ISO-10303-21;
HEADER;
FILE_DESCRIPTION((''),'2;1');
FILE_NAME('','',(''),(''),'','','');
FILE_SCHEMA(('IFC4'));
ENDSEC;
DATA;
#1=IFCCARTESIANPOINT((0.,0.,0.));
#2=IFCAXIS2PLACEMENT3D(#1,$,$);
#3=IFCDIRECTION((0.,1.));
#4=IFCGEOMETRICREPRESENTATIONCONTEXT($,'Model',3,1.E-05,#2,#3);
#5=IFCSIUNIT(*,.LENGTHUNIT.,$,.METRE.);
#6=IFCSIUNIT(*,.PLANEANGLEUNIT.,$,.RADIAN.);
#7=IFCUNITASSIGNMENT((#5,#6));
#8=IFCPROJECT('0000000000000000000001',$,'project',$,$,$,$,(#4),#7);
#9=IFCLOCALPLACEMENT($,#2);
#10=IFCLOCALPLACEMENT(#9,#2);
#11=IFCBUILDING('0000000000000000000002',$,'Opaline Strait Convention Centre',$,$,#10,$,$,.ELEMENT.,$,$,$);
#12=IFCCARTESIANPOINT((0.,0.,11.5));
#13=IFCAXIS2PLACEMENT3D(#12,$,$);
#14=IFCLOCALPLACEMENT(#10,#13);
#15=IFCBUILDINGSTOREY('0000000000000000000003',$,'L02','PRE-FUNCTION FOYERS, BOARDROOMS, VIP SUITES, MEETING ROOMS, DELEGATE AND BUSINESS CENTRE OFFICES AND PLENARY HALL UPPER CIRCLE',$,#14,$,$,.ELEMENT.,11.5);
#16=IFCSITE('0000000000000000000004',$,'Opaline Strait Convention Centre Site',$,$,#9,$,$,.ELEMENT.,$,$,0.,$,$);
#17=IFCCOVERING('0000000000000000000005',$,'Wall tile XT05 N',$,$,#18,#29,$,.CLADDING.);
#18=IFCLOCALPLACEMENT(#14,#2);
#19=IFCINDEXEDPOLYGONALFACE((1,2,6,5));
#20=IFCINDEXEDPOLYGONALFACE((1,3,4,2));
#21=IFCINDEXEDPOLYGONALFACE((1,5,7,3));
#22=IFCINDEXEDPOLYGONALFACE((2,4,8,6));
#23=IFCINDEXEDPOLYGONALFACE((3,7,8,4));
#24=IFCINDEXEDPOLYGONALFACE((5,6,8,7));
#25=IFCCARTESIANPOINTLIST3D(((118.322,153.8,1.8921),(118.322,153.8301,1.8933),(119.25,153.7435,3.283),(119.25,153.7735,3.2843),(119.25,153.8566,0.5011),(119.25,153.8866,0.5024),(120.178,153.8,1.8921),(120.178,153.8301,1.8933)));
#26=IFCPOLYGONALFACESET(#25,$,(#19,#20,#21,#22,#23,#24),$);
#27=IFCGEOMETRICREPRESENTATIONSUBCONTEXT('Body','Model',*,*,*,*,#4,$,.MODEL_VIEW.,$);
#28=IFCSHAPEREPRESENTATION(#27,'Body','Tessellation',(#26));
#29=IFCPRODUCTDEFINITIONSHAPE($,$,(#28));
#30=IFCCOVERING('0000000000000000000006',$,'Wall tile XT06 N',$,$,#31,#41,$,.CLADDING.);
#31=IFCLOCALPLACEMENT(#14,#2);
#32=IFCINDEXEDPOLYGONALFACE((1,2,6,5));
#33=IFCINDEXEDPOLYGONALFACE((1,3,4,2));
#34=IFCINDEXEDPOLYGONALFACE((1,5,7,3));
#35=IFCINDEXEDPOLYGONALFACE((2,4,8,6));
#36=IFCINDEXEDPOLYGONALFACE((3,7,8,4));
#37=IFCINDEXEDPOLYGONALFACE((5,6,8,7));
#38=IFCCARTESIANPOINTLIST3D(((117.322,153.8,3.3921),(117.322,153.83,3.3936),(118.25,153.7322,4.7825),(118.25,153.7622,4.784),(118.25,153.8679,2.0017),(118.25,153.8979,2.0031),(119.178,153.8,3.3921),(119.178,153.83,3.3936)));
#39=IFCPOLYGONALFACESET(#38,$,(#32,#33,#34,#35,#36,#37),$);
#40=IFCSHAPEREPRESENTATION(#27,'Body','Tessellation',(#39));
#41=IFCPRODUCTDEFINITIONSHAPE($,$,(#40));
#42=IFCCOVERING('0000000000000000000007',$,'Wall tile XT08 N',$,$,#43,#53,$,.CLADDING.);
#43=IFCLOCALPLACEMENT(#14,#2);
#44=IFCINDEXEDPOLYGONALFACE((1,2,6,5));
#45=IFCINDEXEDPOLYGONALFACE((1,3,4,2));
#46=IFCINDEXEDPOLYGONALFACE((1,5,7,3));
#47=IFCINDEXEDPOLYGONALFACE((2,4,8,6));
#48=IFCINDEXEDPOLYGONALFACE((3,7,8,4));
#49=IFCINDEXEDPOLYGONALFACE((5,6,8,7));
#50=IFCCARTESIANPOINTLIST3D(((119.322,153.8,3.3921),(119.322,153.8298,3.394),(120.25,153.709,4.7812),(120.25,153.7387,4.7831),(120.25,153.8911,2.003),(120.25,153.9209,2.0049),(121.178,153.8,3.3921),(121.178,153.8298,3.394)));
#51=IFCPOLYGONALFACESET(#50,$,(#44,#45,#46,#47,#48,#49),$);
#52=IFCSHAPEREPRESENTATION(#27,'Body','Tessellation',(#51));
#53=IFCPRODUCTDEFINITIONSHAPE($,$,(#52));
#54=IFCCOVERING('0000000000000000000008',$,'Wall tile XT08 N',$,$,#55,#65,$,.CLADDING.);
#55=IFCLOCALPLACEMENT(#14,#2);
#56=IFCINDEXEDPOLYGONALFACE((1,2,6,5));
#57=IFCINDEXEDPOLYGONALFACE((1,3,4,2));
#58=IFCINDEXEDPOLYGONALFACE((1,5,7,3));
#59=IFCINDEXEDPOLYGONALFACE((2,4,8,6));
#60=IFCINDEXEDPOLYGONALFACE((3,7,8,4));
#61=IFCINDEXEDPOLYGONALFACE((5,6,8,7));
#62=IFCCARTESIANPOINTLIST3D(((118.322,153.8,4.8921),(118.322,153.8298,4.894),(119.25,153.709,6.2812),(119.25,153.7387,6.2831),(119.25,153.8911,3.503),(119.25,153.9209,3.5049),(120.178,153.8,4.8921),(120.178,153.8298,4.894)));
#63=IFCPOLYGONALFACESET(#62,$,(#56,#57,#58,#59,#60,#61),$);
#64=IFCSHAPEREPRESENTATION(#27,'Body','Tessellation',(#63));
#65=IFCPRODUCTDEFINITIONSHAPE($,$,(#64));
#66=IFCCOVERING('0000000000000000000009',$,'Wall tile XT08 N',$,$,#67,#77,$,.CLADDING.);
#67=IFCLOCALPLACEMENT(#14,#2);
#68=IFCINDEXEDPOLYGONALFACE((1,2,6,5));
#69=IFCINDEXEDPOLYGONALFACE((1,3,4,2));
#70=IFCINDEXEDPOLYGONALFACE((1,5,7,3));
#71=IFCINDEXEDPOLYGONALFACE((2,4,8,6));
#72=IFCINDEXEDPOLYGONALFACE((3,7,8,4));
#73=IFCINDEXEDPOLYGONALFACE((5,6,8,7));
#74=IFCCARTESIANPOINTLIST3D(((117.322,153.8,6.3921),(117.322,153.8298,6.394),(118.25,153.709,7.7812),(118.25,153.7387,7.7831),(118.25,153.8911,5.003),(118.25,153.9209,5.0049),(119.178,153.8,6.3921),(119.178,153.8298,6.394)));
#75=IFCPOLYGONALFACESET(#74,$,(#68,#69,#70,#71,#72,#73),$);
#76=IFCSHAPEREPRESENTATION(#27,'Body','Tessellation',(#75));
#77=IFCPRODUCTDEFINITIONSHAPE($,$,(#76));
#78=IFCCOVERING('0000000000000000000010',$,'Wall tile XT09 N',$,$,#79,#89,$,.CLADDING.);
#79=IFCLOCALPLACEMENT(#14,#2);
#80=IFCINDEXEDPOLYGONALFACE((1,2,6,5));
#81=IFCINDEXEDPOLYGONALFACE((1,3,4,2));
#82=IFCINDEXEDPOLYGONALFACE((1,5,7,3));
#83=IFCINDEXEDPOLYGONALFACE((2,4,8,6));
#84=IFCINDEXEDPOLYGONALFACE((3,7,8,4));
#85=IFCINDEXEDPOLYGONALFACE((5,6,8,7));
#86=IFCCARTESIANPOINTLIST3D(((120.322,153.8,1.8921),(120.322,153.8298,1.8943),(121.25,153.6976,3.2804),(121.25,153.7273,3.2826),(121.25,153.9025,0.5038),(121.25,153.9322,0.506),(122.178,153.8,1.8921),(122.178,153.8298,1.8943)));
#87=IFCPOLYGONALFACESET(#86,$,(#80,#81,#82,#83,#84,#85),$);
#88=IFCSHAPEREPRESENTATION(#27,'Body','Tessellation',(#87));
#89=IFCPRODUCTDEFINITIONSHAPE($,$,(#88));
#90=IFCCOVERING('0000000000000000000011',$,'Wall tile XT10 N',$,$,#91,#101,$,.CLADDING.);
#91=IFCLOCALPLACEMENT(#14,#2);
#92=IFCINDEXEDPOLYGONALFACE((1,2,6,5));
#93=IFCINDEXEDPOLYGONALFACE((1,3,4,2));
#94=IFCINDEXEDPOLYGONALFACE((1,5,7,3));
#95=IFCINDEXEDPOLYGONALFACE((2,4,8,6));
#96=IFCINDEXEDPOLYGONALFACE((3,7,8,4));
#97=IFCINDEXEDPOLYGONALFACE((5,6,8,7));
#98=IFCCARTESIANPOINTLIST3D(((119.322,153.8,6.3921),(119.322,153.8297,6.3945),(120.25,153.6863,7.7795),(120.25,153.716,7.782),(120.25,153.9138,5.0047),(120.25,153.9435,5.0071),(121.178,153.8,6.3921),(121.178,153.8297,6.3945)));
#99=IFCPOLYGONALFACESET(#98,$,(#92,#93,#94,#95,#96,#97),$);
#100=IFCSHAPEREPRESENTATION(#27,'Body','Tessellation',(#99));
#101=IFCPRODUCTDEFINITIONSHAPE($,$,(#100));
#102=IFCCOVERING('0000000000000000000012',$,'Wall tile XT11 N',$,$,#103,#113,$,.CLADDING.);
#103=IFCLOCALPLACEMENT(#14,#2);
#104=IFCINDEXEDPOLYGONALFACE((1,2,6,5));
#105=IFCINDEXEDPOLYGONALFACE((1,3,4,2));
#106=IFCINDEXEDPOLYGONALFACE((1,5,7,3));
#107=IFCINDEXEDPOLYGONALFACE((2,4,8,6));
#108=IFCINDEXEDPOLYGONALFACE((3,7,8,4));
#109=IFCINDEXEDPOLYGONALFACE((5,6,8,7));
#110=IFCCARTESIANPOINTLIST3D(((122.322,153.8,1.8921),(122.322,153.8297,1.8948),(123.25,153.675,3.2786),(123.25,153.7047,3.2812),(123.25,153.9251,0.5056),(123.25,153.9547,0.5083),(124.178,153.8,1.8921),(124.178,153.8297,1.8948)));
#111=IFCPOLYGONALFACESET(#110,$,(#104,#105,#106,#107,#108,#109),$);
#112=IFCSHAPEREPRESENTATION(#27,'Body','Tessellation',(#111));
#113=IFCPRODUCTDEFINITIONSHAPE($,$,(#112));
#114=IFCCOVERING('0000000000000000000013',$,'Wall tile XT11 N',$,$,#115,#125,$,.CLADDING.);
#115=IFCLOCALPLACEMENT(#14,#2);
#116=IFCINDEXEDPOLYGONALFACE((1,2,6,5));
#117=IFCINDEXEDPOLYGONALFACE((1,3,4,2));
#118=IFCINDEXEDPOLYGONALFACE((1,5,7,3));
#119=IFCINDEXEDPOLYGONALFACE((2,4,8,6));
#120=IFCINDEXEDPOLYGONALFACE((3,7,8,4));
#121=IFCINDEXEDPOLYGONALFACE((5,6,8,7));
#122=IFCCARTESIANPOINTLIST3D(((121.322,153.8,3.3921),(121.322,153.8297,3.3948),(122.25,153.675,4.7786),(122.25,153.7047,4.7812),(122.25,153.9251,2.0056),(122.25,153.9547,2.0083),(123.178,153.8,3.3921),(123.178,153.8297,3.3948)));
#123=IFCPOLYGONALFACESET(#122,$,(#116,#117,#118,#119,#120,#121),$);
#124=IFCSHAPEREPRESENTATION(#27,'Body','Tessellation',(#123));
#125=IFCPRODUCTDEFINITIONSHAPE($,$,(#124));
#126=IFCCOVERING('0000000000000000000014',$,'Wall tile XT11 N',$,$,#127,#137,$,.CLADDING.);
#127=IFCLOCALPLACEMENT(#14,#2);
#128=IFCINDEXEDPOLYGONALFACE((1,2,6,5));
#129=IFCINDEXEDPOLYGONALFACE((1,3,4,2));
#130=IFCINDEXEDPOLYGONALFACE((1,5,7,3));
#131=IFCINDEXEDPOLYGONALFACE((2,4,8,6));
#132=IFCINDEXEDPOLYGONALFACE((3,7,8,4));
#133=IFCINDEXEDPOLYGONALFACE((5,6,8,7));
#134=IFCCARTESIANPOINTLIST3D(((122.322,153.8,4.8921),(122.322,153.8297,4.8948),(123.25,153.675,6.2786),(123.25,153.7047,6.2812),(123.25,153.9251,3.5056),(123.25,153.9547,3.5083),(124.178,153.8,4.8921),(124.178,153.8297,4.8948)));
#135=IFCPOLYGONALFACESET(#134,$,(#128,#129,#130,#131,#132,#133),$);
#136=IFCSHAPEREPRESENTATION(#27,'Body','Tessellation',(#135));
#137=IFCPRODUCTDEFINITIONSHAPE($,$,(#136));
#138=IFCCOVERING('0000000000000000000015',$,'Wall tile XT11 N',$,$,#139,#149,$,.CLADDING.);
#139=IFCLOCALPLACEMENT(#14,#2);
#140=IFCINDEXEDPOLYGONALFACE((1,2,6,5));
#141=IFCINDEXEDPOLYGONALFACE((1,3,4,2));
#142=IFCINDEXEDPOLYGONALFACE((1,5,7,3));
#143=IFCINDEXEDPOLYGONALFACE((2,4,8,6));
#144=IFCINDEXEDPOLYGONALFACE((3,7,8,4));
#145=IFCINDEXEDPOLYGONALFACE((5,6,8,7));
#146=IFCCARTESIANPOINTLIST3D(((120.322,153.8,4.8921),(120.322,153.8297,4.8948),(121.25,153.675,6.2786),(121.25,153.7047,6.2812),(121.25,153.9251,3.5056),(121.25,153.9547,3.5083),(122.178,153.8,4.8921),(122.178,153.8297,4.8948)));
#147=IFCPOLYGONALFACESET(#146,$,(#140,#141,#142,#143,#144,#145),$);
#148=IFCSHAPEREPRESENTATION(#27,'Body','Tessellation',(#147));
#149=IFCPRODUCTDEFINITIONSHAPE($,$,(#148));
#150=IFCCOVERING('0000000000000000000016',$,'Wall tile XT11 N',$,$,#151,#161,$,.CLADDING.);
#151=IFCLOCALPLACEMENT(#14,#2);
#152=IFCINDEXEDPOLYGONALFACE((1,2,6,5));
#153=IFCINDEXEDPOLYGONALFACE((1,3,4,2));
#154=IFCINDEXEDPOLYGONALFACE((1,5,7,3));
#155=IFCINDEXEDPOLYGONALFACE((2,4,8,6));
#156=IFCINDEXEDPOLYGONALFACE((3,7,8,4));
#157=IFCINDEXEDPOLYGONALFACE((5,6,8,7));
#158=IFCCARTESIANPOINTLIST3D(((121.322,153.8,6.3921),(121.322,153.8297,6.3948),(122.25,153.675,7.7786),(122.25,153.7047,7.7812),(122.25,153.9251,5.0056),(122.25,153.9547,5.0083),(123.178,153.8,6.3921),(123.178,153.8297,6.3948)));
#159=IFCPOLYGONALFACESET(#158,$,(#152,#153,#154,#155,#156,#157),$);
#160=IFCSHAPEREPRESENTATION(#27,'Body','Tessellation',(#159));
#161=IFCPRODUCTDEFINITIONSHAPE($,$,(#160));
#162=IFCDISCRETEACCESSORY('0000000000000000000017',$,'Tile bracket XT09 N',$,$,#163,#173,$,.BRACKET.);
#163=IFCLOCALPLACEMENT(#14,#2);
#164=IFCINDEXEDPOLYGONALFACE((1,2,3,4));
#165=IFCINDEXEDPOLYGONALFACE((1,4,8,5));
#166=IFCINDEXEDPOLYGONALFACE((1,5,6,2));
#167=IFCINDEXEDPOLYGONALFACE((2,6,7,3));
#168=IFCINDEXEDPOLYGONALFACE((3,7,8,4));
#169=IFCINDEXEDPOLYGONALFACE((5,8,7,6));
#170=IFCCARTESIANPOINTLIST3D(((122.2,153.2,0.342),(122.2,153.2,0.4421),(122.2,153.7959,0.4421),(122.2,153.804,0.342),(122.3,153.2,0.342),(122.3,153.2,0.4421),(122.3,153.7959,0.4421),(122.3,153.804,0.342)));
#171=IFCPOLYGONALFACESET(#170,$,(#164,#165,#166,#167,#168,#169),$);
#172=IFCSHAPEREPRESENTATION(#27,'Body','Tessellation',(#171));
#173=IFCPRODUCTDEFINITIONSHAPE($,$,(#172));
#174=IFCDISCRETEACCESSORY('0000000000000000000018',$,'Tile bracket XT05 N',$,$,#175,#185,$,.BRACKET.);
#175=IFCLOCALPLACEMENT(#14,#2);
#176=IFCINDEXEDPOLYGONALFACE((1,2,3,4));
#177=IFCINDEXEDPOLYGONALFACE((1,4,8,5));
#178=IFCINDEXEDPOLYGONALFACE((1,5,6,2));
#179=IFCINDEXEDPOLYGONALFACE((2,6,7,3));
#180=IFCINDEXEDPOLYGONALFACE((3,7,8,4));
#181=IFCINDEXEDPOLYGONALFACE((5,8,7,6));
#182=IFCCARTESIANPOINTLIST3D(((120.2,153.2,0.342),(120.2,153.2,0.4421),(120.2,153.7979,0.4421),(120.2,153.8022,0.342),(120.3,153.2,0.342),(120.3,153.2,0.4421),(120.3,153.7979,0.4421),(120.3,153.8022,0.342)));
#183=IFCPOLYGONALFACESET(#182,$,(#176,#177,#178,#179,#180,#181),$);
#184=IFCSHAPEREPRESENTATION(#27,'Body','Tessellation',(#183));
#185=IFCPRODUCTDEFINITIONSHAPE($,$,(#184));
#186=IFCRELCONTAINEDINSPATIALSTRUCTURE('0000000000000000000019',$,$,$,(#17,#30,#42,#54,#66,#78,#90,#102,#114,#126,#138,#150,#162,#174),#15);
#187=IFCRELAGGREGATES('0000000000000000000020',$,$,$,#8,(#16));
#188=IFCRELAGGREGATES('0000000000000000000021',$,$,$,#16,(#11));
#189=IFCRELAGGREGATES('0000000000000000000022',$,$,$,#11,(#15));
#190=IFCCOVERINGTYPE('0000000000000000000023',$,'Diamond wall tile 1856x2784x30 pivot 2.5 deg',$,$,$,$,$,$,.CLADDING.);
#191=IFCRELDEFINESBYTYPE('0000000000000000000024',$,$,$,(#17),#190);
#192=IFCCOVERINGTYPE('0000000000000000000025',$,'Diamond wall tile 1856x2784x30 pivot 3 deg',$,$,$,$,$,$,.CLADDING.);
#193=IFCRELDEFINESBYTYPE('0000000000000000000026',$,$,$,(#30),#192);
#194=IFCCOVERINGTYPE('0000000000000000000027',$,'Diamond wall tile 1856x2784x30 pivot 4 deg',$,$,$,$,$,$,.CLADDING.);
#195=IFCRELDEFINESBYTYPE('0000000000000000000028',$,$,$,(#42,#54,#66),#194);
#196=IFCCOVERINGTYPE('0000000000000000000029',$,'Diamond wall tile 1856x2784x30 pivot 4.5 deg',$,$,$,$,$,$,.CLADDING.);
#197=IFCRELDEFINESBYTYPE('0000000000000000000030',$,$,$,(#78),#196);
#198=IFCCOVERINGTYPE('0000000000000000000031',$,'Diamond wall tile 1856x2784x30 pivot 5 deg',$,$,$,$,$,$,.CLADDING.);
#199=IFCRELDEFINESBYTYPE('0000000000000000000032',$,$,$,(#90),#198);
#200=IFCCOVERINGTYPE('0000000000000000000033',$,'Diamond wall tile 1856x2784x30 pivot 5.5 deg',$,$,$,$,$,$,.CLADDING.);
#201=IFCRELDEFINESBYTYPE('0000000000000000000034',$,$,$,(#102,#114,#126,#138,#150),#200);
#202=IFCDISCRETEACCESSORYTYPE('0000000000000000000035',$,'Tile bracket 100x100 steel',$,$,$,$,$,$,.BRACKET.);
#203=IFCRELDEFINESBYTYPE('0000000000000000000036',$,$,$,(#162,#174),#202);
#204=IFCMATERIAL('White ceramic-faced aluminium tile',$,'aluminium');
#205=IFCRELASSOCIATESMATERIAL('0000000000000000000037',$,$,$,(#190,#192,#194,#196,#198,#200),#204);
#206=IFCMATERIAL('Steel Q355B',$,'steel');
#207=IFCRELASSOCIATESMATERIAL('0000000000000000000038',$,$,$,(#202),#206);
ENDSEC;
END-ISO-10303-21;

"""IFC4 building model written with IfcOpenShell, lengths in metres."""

from ifc_helpers import new_model, si_unit, direction, frame, origin, place, context, subcontext, project, spatial, polyline, outline, extrude, material, material_profile, profile_set, type_object, element, save


model = new_model("IFC4")

# Units and contexts
model_context = context("Model", 3, precision=1e-05, world=origin(), true_north=direction((0.0, 1.0)))
body_context = subcontext(model_context, "Body", "Model", "MODEL_VIEW")
ifc_project = project(units=[si_unit("LENGTHUNIT", "METRE"), si_unit("PLANEANGLEUNIT", "RADIAN")], contexts=[model_context])

# Site, building, storey
site_placement = place(None, origin())
site = spatial("IfcSite", under=ifc_project, at=site_placement, Name="Opaline Strait Convention Centre Site", CompositionType="ELEMENT", RefElevation=0.0)
building_placement = place(site_placement, origin())
building = spatial("IfcBuilding", under=site, at=building_placement, Name="Opaline Strait Convention Centre", CompositionType="ELEMENT")
storey_placement = place(building_placement, frame((0.0, 0.0, 11.5)))
storey = spatial("IfcBuildingStorey", under=building, at=storey_placement, Name="L02", Description="PRE-FUNCTION FOYERS, BOARDROOMS, VIP SUITES, MEETING ROOMS, DELEGATE AND BUSINESS CENTRE OFFICES AND PLENARY HALL UPPER CIRCLE", CompositionType="ELEMENT", Elevation=11.5)

# Coverings
ifc_material_1 = material(Name="White ceramic-faced aluminium tile", Category="aluminium")
ifc_material_profile_1 = material_profile(ifc_material_1, outline(polyline([(0.928, 0.0), (0.0, 1.3921), (-0.928, 0.0), (0.0, -1.3921), (0.928, 0.0)])), Name="Diamond tile 1856x2784")
ifc_profile_set_1 = profile_set([ifc_material_profile_1], Name="White ceramic-faced aluminium tile")
covering_type_1 = type_object("IfcCoveringType", Name="Diamond wall tile 1856x2784x30 pivot 2.5 deg", PredefinedType="CLADDING", material=ifc_profile_set_1)
covering_1_placement = place(storey_placement, frame((119.25, 153.8, 1.8921), z_axis=(0.0, 0.999175, 0.040617), x_axis=(-1.0, 0.0, 0.0)))
element("IfcCovering", 1, at=covering_1_placement, inside=storey, type_object=covering_type_1, Name="Wall tile XT05 N", PredefinedType="CLADDING", context=body_context, shape_type="SweptSolid", body=[
    extrude(outline(polyline([(0.928, 0.0), (0.0, 1.3921), (-0.928, 0.0), (0.0, -1.3921), (0.928, 0.0)])), origin(), (0.0, 0.0, 1.0), 0.03),
])
ifc_material_profile_2 = material_profile(ifc_material_1, outline(polyline([(0.928, 0.0), (0.0, 1.3921), (-0.928, 0.0), (0.0, -1.3921), (0.928, 0.0)])), Name="Diamond tile 1856x2784")
ifc_profile_set_2 = profile_set([ifc_material_profile_2], Name="White ceramic-faced aluminium tile")
covering_type_2 = type_object("IfcCoveringType", Name="Diamond wall tile 1856x2784x30 pivot 3 deg", PredefinedType="CLADDING", material=ifc_profile_set_2)
covering_2_placement = place(storey_placement, frame((118.25, 153.8, 3.3921), z_axis=(0.0, 0.998812, 0.048723), x_axis=(-1.0, 0.0, 0.0)))
element("IfcCovering", 2, at=covering_2_placement, inside=storey, type_object=covering_type_2, Name="Wall tile XT06 N", PredefinedType="CLADDING", context=body_context, shape_type="SweptSolid", body=[
    extrude(outline(polyline([(0.928, 0.0), (0.0, 1.3921), (-0.928, 0.0), (0.0, -1.3921), (0.928, 0.0)])), origin(), (0.0, 0.0, 1.0), 0.03),
])
ifc_material_profile_3 = material_profile(ifc_material_1, outline(polyline([(0.928, 0.0), (0.0, 1.3921), (-0.928, 0.0), (0.0, -1.3921), (0.928, 0.0)])), Name="Diamond tile 1856x2784")
ifc_profile_set_3 = profile_set([ifc_material_profile_3], Name="White ceramic-faced aluminium tile")
covering_type_3 = type_object("IfcCoveringType", Name="Diamond wall tile 1856x2784x30 pivot 4 deg", PredefinedType="CLADDING", material=ifc_profile_set_3)
for number, where, z_axis, x_axis, name in (
    (3, (120.25, 153.8, 3.3921), (0.0, 0.997857, 0.065433), (-1.0, 0.0, 0.0), "Wall tile XT08 N"),
    (4, (119.25, 153.8, 4.8921), (0.0, 0.997857, 0.065433), (-1.0, 0.0, 0.0), "Wall tile XT08 N"),
    (5, (118.25, 153.8, 6.3921), (0.0, 0.997857, 0.065433), (-1.0, 0.0, 0.0), "Wall tile XT08 N"),
):
    element("IfcCovering", number, at=place(storey_placement, frame(where, z_axis=z_axis, x_axis=x_axis)), inside=storey, type_object=covering_type_3, Name=name, PredefinedType="CLADDING", context=body_context, shape_type="SweptSolid", body=[
        extrude(outline(polyline([(0.928, 0.0), (0.0, 1.3921), (-0.928, 0.0), (0.0, -1.3921), (0.928, 0.0)])), origin(), (0.0, 0.0, 1.0), 0.0298),
    ])
ifc_material_profile_4 = material_profile(ifc_material_1, outline(polyline([(0.928, 0.0), (0.0, 1.3921), (-0.928, 0.0), (0.0, -1.3921), (0.928, 0.0)])), Name="Diamond tile 1856x2784")
ifc_profile_set_4 = profile_set([ifc_material_profile_4], Name="White ceramic-faced aluminium tile")
covering_type_4 = type_object("IfcCoveringType", Name="Diamond wall tile 1856x2784x30 pivot 4.5 deg", PredefinedType="CLADDING", material=ifc_profile_set_4)
covering_3_placement = place(storey_placement, frame((121.25, 153.8, 1.8921), z_axis=(0.0, 0.99729, 0.073571), x_axis=(-1.0, 0.0, 0.0)))
element("IfcCovering", 6, at=covering_3_placement, inside=storey, type_object=covering_type_4, Name="Wall tile XT09 N", PredefinedType="CLADDING", context=body_context, shape_type="SweptSolid", body=[
    extrude(outline(polyline([(0.928, 0.0), (0.0, 1.3921), (-0.928, 0.0), (0.0, -1.3921), (0.928, 0.0)])), origin(), (0.0, 0.0, 1.0), 0.0298),
])
ifc_material_profile_5 = material_profile(ifc_material_1, outline(polyline([(0.928, 0.0), (0.0, 1.3921), (-0.928, 0.0), (0.0, -1.3921), (0.928, 0.0)])), Name="Diamond tile 1856x2784")
ifc_profile_set_5 = profile_set([ifc_material_profile_5], Name="White ceramic-faced aluminium tile")
covering_type_5 = type_object("IfcCoveringType", Name="Diamond wall tile 1856x2784x30 pivot 5 deg", PredefinedType="CLADDING", material=ifc_profile_set_5)
covering_4_placement = place(storey_placement, frame((120.25, 153.8, 6.3921), z_axis=(0.0, 0.996658, 0.081693), x_axis=(-1.0, 0.0, 0.0)))
element("IfcCovering", 7, at=covering_4_placement, inside=storey, type_object=covering_type_5, Name="Wall tile XT10 N", PredefinedType="CLADDING", context=body_context, shape_type="SweptSolid", body=[
    extrude(outline(polyline([(0.928, 0.0), (0.0, 1.3921), (-0.928, 0.0), (0.0, -1.3921), (0.928, 0.0)])), origin(), (0.0, 0.0, 1.0), 0.0298),
])
ifc_material_profile_6 = material_profile(ifc_material_1, outline(polyline([(0.928, 0.0), (0.0, 1.3921), (-0.928, 0.0), (0.0, -1.3921), (0.928, 0.0)])), Name="Diamond tile 1856x2784")
ifc_profile_set_6 = profile_set([ifc_material_profile_6], Name="White ceramic-faced aluminium tile")
covering_type_6 = type_object("IfcCoveringType", Name="Diamond wall tile 1856x2784x30 pivot 5.5 deg", PredefinedType="CLADDING", material=ifc_profile_set_6)
for number, where, z_axis, x_axis, name in (
    (8, (123.25, 153.8, 1.8921), (0.0, 0.99596, 0.0898), (-1.0, 0.0, 0.0), "Wall tile XT11 N"),
    (9, (122.25, 153.8, 3.3921), (0.0, 0.99596, 0.0898), (-1.0, 0.0, 0.0), "Wall tile XT11 N"),
    (10, (123.25, 153.8, 4.8921), (0.0, 0.99596, 0.0898), (-1.0, 0.0, 0.0), "Wall tile XT11 N"),
    (11, (121.25, 153.8, 4.8921), (0.0, 0.99596, 0.0898), (-1.0, 0.0, 0.0), "Wall tile XT11 N"),
    (12, (122.25, 153.8, 6.3921), (0.0, 0.99596, 0.0898), (-1.0, 0.0, 0.0), "Wall tile XT11 N"),
):
    element("IfcCovering", number, at=place(storey_placement, frame(where, z_axis=z_axis, x_axis=x_axis)), inside=storey, type_object=covering_type_6, Name=name, PredefinedType="CLADDING", context=body_context, shape_type="SweptSolid", body=[
        extrude(outline(polyline([(0.928, 0.0), (0.0, 1.3921), (-0.928, 0.0), (0.0, -1.3921), (0.928, 0.0)])), origin(), (0.0, 0.0, 1.0), 0.0298),
    ])

# Discrete accessories
ifc_material_2 = material(Name="Steel Q355B", Category="steel")
discrete_accessory_type = type_object("IfcDiscreteAccessoryType", Name="Tile bracket 100x100 steel", PredefinedType="BRACKET", material=ifc_material_2)
discrete_accessory_1_placement = place(storey_placement, frame((122.3, 153.2, 0.3921), z_axis=(-1.0, 0.0, 0.0), x_axis=(0.0, -1.0, 0.0)))
element("IfcDiscreteAccessory", 13, at=discrete_accessory_1_placement, inside=storey, type_object=discrete_accessory_type, Name="Tile bracket XT09 N", PredefinedType="BRACKET", context=body_context, shape_type="SweptSolid", body=[
    extrude(outline(polyline([(0.0, -0.05), (0.0, 0.05), (-0.5959, 0.05), (-0.604, -0.05), (0.0, -0.05)])), origin(), (0.0, 0.0, 1.0), 0.1001),
])
discrete_accessory_2_placement = place(storey_placement, frame((120.3, 153.2, 0.3921), z_axis=(-1.0, 0.0, 0.0), x_axis=(0.0, -1.0, 0.0)))
element("IfcDiscreteAccessory", 14, at=discrete_accessory_2_placement, inside=storey, type_object=discrete_accessory_type, Name="Tile bracket XT05 N", PredefinedType="BRACKET", context=body_context, shape_type="SweptSolid", body=[
    extrude(outline(polyline([(0.0, -0.05), (0.0, 0.05), (-0.5979, 0.05), (-0.6023, -0.05), (0.0, -0.05)])), origin(), (0.0, 0.0, 1.0), 0.1001),
])

save(model, "model.ifc")
